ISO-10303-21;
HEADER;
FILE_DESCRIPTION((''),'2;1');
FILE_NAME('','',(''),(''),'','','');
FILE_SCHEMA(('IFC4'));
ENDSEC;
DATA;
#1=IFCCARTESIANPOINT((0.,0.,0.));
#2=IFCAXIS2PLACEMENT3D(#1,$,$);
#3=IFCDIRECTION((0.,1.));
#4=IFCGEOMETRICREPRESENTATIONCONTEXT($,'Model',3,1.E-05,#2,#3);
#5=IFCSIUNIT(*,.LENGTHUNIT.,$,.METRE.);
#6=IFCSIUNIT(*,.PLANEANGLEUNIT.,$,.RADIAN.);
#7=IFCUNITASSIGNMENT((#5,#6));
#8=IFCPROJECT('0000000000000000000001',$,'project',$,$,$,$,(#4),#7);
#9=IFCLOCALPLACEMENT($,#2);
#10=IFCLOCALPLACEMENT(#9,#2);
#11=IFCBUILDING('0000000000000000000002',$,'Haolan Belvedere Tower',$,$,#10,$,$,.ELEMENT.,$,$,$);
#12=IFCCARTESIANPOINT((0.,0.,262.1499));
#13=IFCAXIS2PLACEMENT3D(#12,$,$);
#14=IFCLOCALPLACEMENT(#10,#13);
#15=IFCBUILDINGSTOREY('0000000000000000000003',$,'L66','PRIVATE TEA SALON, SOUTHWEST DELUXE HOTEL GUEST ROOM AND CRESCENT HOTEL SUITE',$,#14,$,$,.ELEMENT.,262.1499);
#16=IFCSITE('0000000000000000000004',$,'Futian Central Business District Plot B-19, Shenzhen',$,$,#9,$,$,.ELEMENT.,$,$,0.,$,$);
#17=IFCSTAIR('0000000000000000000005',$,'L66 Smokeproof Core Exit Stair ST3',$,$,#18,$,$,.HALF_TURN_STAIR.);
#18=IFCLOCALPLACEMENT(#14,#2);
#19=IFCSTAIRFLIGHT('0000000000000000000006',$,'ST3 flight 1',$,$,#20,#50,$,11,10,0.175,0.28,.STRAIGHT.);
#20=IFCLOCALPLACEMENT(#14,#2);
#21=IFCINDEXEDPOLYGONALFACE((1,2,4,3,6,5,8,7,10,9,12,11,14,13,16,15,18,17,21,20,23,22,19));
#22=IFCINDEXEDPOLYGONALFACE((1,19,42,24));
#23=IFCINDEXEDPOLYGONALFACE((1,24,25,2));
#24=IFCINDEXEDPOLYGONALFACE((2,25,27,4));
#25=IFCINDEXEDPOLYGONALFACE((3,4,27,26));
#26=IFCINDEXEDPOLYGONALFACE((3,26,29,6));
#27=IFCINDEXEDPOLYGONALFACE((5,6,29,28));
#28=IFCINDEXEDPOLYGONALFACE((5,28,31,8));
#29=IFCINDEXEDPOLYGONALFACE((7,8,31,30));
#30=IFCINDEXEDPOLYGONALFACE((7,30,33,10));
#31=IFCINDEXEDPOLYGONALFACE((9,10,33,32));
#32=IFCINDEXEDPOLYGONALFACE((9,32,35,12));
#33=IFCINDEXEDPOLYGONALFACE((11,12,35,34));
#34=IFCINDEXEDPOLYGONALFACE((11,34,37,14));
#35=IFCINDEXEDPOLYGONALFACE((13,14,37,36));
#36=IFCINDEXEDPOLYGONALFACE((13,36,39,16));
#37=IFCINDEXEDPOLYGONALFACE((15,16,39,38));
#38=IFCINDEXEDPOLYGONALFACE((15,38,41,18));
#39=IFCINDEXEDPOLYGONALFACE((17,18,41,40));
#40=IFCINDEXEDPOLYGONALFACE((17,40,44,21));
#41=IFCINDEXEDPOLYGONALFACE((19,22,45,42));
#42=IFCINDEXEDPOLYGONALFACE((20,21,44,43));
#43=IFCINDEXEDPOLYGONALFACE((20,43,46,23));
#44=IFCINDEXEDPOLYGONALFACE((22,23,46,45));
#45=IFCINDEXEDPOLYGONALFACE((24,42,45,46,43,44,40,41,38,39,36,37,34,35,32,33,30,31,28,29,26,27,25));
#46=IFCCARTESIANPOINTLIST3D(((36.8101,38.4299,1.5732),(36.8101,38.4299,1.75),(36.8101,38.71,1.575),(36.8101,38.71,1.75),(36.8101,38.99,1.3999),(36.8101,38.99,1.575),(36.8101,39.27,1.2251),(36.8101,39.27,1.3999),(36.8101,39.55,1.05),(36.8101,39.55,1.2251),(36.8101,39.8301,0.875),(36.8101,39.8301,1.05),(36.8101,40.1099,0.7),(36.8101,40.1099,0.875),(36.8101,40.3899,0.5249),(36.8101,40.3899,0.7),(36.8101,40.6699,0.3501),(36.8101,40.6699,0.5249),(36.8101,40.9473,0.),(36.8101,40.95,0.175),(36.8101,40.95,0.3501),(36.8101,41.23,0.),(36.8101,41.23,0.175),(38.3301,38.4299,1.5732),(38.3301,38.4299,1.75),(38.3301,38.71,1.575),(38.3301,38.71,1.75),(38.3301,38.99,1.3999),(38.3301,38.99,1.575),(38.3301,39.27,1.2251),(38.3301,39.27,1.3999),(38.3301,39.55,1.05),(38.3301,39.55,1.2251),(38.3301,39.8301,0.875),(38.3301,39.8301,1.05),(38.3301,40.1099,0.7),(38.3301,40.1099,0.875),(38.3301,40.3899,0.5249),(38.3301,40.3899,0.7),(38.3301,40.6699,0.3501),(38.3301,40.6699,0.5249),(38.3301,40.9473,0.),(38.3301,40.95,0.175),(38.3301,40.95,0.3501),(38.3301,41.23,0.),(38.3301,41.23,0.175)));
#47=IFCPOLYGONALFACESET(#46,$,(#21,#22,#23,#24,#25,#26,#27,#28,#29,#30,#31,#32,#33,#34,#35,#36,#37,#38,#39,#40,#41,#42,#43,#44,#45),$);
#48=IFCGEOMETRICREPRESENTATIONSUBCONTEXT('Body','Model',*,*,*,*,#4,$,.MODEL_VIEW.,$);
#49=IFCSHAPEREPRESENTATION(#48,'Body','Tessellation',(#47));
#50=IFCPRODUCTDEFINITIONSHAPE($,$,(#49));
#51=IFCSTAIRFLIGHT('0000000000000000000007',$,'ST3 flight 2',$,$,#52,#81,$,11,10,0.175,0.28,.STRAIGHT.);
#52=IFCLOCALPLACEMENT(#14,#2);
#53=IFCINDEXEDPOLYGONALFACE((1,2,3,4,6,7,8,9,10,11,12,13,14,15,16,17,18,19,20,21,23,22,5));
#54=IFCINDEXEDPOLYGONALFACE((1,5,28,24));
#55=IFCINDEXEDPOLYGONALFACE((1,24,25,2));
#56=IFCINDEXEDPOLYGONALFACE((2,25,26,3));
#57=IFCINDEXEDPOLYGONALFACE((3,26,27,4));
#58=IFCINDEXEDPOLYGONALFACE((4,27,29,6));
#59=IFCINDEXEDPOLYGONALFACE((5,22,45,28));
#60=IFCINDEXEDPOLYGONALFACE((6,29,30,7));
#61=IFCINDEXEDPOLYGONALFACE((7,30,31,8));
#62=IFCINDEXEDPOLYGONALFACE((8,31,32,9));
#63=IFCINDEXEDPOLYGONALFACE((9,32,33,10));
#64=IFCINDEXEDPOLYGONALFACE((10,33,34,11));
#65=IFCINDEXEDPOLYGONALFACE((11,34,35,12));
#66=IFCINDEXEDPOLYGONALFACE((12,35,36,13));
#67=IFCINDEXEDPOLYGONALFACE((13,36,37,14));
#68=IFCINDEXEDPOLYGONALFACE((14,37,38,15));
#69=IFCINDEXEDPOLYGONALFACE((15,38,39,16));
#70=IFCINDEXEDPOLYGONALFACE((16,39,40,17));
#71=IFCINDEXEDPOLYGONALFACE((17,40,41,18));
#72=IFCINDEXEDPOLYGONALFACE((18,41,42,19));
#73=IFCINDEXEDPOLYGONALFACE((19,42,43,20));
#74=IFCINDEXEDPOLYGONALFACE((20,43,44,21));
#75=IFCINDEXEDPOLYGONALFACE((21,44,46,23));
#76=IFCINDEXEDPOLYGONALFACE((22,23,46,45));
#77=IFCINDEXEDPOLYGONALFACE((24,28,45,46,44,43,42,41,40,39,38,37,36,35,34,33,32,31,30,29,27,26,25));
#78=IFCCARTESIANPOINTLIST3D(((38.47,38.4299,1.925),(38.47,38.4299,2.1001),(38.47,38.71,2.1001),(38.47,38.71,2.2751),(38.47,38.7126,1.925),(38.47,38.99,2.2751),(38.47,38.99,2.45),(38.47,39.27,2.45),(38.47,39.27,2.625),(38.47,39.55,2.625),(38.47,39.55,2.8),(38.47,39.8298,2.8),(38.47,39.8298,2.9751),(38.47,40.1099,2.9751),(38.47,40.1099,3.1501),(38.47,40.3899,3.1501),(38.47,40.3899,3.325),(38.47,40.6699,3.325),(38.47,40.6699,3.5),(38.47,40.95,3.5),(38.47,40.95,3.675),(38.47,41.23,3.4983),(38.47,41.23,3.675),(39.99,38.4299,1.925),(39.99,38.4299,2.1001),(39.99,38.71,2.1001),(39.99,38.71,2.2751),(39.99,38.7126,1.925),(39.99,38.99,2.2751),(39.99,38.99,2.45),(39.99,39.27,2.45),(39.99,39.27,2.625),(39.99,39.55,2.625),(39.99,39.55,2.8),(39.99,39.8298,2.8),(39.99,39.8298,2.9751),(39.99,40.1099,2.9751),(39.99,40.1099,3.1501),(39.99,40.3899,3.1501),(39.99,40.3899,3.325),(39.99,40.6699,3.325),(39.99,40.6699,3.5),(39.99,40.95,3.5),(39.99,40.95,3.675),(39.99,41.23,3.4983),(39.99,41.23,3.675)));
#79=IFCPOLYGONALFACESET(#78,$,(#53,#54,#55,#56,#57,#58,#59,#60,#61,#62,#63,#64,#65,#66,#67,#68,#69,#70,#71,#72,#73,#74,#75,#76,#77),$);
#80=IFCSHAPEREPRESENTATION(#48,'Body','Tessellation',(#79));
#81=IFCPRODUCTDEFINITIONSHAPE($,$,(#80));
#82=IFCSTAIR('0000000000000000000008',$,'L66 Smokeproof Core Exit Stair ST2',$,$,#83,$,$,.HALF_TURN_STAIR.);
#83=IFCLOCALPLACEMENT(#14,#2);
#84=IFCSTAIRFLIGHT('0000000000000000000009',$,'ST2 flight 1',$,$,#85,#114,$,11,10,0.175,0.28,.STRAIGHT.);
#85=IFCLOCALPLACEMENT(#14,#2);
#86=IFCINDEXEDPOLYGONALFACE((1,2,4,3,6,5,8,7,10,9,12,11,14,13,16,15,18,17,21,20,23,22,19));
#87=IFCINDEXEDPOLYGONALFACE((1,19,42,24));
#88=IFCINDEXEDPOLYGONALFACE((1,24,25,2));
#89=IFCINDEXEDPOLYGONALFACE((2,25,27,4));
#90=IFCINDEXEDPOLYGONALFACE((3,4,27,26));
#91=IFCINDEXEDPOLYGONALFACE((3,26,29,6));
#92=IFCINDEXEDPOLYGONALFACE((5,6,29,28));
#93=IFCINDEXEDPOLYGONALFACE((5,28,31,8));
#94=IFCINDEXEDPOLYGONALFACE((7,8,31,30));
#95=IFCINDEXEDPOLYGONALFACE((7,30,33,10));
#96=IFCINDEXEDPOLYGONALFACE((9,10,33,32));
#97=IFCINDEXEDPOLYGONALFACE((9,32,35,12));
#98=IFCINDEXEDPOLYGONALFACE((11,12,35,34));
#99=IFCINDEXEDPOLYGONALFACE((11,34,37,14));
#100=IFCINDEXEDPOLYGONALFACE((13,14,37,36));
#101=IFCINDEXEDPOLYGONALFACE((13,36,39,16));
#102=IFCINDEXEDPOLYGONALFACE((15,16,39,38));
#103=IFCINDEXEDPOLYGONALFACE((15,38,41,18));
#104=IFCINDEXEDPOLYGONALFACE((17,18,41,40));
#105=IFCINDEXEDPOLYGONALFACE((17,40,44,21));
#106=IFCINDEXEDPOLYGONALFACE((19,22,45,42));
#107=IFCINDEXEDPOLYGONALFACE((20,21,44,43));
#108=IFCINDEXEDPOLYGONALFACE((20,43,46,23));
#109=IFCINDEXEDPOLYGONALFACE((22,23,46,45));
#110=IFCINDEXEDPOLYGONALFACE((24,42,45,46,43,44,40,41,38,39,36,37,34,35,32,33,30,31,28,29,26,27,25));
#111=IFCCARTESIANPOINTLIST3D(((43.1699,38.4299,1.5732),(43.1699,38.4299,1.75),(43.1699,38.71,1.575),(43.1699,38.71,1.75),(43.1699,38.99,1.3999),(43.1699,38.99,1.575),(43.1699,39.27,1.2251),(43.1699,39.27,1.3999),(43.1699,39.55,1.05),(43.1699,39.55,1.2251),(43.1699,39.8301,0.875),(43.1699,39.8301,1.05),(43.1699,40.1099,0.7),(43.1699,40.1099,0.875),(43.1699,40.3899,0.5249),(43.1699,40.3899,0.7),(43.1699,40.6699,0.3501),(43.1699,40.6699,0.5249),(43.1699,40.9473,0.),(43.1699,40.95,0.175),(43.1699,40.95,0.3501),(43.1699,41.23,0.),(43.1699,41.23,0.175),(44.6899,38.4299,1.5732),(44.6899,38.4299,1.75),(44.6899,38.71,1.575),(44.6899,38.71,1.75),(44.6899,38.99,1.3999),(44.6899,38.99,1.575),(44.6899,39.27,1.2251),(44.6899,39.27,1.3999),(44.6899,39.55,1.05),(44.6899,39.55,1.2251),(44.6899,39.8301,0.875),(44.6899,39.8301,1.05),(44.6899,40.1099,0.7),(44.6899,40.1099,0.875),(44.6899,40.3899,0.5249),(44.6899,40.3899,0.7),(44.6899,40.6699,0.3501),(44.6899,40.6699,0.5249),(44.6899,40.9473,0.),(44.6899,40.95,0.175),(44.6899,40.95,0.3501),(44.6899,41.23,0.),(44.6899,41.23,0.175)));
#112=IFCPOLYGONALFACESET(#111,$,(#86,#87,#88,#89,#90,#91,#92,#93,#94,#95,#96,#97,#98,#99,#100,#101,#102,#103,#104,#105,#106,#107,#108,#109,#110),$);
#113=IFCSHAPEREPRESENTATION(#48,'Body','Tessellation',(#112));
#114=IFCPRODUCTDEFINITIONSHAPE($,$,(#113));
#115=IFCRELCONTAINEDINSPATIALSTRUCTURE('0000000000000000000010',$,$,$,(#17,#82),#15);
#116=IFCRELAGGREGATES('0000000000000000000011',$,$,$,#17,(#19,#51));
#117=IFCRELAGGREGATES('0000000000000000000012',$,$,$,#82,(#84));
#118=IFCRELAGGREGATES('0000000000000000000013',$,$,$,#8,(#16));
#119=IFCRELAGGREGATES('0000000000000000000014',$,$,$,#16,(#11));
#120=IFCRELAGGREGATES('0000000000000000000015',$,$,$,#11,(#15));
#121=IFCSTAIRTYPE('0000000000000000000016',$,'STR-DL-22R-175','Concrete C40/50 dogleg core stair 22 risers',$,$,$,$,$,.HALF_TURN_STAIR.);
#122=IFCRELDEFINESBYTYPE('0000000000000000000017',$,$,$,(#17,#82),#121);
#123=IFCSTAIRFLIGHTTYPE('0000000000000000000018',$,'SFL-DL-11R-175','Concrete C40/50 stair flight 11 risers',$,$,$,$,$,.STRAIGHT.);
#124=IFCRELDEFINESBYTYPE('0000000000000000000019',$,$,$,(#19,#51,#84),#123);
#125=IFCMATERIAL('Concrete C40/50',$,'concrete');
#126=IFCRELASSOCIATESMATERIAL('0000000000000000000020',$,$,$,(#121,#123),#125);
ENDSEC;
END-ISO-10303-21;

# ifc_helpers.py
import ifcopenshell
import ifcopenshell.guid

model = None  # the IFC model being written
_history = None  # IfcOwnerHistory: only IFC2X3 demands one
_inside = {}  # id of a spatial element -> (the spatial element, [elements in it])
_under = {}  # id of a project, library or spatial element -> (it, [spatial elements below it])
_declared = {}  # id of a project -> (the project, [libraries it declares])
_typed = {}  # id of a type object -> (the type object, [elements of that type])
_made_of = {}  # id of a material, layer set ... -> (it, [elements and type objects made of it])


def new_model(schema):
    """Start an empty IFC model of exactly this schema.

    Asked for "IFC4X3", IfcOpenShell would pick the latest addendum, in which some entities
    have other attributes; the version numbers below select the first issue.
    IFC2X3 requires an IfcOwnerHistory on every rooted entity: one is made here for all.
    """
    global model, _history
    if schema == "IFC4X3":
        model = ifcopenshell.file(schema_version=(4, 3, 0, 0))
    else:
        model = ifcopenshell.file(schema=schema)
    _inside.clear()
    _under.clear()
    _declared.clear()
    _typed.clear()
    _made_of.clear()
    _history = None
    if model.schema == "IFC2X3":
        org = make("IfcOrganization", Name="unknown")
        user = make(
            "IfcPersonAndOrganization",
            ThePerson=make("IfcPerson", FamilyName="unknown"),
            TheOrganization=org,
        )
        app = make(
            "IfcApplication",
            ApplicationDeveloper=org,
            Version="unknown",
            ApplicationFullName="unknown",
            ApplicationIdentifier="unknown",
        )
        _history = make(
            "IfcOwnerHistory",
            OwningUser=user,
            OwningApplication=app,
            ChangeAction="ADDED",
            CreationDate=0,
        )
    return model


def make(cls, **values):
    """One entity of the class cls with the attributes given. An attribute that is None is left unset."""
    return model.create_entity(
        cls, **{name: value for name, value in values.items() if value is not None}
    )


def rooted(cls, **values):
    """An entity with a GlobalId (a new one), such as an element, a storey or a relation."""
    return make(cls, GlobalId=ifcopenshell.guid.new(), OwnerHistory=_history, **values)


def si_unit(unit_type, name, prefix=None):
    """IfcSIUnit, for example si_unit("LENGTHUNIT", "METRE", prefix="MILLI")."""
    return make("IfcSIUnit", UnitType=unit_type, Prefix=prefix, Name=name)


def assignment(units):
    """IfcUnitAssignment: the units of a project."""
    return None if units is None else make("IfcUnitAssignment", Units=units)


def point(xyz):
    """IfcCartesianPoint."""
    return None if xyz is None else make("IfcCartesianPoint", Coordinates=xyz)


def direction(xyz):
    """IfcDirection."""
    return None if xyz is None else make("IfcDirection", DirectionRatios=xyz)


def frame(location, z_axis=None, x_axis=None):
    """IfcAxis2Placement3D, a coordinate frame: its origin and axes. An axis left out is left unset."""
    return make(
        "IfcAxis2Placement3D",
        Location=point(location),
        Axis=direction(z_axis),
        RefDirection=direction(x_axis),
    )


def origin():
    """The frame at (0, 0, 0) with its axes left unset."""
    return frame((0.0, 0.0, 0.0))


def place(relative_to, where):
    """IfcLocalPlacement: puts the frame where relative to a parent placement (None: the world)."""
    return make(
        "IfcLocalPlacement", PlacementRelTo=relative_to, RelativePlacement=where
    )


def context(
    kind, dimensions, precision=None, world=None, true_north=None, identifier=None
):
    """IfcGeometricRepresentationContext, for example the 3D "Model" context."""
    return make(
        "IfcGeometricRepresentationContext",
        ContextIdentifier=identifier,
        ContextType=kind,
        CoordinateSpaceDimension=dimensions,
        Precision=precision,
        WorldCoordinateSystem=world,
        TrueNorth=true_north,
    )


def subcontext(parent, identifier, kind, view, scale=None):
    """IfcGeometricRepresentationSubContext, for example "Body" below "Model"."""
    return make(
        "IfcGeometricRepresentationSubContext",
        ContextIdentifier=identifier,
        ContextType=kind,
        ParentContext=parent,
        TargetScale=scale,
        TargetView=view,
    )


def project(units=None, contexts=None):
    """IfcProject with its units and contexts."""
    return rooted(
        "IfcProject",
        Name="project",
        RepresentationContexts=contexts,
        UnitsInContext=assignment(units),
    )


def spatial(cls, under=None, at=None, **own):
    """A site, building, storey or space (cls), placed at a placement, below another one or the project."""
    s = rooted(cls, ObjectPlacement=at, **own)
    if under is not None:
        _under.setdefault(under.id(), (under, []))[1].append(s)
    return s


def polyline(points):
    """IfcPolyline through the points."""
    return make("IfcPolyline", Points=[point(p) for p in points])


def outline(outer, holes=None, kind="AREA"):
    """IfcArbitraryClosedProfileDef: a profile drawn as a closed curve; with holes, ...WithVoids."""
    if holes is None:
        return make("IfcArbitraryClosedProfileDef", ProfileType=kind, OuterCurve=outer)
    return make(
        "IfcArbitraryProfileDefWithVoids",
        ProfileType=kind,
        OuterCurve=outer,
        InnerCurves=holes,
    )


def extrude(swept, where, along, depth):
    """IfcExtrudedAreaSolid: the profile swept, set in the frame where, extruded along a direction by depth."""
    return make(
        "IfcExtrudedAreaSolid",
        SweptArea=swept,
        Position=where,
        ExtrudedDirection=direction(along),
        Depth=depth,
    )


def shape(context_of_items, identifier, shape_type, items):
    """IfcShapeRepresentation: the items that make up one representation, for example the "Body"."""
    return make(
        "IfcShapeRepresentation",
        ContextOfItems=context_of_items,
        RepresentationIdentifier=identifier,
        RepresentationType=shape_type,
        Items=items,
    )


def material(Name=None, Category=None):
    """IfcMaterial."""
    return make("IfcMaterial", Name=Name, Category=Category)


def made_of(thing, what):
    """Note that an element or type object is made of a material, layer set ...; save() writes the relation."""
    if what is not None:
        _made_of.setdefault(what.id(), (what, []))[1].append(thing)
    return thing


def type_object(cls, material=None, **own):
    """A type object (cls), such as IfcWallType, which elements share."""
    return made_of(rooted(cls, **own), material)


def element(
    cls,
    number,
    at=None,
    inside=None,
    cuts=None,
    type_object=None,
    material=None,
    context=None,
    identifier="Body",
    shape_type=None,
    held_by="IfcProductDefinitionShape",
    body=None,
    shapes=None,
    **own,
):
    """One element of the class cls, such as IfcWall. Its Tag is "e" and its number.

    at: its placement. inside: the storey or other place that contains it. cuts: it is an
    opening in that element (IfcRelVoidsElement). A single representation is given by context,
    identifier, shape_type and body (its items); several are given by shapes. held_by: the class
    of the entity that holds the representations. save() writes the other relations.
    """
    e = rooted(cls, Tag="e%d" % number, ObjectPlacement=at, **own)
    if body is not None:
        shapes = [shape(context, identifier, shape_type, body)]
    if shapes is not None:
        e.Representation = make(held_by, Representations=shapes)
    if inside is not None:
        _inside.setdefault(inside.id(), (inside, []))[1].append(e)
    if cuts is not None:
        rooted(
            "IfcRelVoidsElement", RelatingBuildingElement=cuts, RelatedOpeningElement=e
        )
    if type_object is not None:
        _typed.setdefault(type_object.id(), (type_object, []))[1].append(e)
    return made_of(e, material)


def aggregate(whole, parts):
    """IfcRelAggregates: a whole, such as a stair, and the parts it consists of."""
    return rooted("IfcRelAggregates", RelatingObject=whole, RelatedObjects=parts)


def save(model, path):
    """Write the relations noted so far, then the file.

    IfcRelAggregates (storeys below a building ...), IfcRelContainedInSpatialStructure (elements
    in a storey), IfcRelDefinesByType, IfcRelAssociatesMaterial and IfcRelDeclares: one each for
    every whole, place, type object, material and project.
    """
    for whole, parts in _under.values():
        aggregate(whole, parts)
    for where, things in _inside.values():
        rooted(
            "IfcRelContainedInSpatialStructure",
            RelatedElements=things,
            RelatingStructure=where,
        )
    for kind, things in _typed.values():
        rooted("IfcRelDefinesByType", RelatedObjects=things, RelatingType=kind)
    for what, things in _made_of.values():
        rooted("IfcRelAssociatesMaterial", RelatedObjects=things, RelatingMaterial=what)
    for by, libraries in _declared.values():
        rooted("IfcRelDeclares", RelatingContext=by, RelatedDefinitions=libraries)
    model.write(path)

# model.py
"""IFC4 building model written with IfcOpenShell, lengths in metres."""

from ifc_helpers import new_model, si_unit, direction, frame, origin, place, context, subcontext, project, spatial, polyline, outline, extrude, material, type_object, element, aggregate, save


model = new_model("IFC4")

# Units and contexts
model_context = context("Model", 3, precision=1e-05, world=origin(), true_north=direction((0.0, 1.0)))
body_context = subcontext(model_context, "Body", "Model", "MODEL_VIEW")
ifc_project = project(units=[si_unit("LENGTHUNIT", "METRE"), si_unit("PLANEANGLEUNIT", "RADIAN")], contexts=[model_context])

# Site, building, storey
site_placement = place(None, origin())
site = spatial("IfcSite", under=ifc_project, at=site_placement, Name="Futian Central Business District Plot B-19, Shenzhen", CompositionType="ELEMENT", RefElevation=0.0)
building_placement = place(site_placement, origin())
building = spatial("IfcBuilding", under=site, at=building_placement, Name="Haolan Belvedere Tower", CompositionType="ELEMENT")
storey_placement = place(building_placement, frame((0.0, 0.0, 262.1499)))
storey = spatial("IfcBuildingStorey", under=building, at=storey_placement, Name="L66", Description="PRIVATE TEA SALON, SOUTHWEST DELUXE HOTEL GUEST ROOM AND CRESCENT HOTEL SUITE", CompositionType="ELEMENT", Elevation=262.1499)

# Shared definitions
ifc_material_1 = material(Name="Concrete C40/50", Category="concrete")
stair_type = type_object("IfcStairType", Name="STR-DL-22R-175", Description="Concrete C40/50 dogleg core stair 22 risers", PredefinedType="HALF_TURN_STAIR", material=ifc_material_1)
stair_flight_type = type_object("IfcStairFlightType", Name="SFL-DL-11R-175", Description="Concrete C40/50 stair flight 11 risers", PredefinedType="STRAIGHT", material=ifc_material_1)

# Stair, stair flights
stair_1_placement = place(storey_placement, origin())
stair_1 = element("IfcStair", 1, at=stair_1_placement, inside=storey, type_object=stair_type, Name="L66 Smokeproof Core Exit Stair ST3", PredefinedType="HALF_TURN_STAIR")
stair_flight_1_placement = place(storey_placement, frame((37.5701, 41.23, 0.0), z_axis=(0.0, 0.0, 1.0), x_axis=(0.0, -1.0, 0.0)))
stair_flight_1 = element("IfcStairFlight", 2, at=stair_flight_1_placement, type_object=stair_flight_type, Name="ST3 flight 1", NumberOfRisers=11, NumberOfTreads=10, PredefinedType="STRAIGHT", RiserHeight=0.175, TreadLength=0.28, context=body_context, shape_type="SweptSolid", body=[
    extrude(outline(polyline([(0.0, 0.0), (0.0, 0.175), (0.28, 0.175), (0.28, 0.3501), (0.5601, 0.3501), (0.5601, 0.5249), (0.8401, 0.5249), (0.8401, 0.7), (1.1201, 0.7), (1.1201, 0.875), (1.3999, 0.875), (1.3999, 1.05), (1.6799, 1.05), (1.6799, 1.2251), (1.96, 1.2251), (1.96, 1.3999), (2.24, 1.3999), (2.24, 1.575), (2.52, 1.575), (2.52, 1.75), (2.8, 1.75), (2.8, 1.925), (2.8, 1.5732), (0.2827, 0.0), (0.0, 0.0)])), frame((0.0, 0.76, 0.0), z_axis=(0.0, -1.0, 0.0), x_axis=(1.0, 0.0, 0.0)), (0.0, 0.0, 1.0), 1.52),
])
stair_flight_2_placement = place(storey_placement, frame((39.23, 38.4299, 1.925), z_axis=(0.0, 0.0, 1.0), x_axis=(0.0, 1.0, 0.0)))
stair_flight_2 = element("IfcStairFlight", 3, at=stair_flight_2_placement, type_object=stair_flight_type, Name="ST3 flight 2", NumberOfRisers=11, NumberOfTreads=10, PredefinedType="STRAIGHT", RiserHeight=0.175, TreadLength=0.28, context=body_context, shape_type="SweptSolid", body=[
    extrude(outline(polyline([(0.0, 0.0), (0.0, 0.175), (0.28, 0.175), (0.28, 0.3501), (0.5601, 0.3501), (0.5601, 0.5249), (0.8401, 0.5249), (0.8401, 0.7), (1.1201, 0.7), (1.1201, 0.875), (1.3999, 0.875), (1.3999, 1.05), (1.6799, 1.05), (1.6799, 1.2251), (1.96, 1.2251), (1.96, 1.3999), (2.24, 1.3999), (2.24, 1.575), (2.52, 1.575), (2.52, 1.75), (2.8, 1.75), (2.8, 1.925), (2.8, 1.5732), (0.2827, 0.0), (0.0, 0.0)])), frame((0.0, 0.76, 0.0), z_axis=(0.0, -1.0, 0.0), x_axis=(1.0, 0.0, 0.0)), (0.0, 0.0, 1.0), 1.52),
])
aggregate(stair_1, [stair_flight_1, stair_flight_2])

# Stair, stair flight
stair_2_placement = place(storey_placement, origin())
stair_2 = element("IfcStair", 4, at=stair_2_placement, inside=storey, type_object=stair_type, Name="L66 Smokeproof Core Exit Stair ST2", PredefinedType="HALF_TURN_STAIR")
stair_flight_3_placement = place(storey_placement, frame((43.9299, 41.23, 0.0), z_axis=(0.0, 0.0, 1.0), x_axis=(0.0, -1.0, 0.0)))
stair_flight_3 = element("IfcStairFlight", 5, at=stair_flight_3_placement, type_object=stair_flight_type, Name="ST2 flight 1", NumberOfRisers=11, NumberOfTreads=10, PredefinedType="STRAIGHT", RiserHeight=0.175, TreadLength=0.28, context=body_context, shape_type="SweptSolid", body=[
    extrude(outline(polyline([(0.0, 0.0), (0.0, 0.175), (0.28, 0.175), (0.28, 0.3501), (0.5601, 0.3501), (0.5601, 0.5249), (0.8401, 0.5249), (0.8401, 0.7), (1.1201, 0.7), (1.1201, 0.875), (1.3999, 0.875), (1.3999, 1.05), (1.6799, 1.05), (1.6799, 1.2251), (1.96, 1.2251), (1.96, 1.3999), (2.24, 1.3999), (2.24, 1.575), (2.52, 1.575), (2.52, 1.75), (2.8, 1.75), (2.8, 1.925), (2.8, 1.5732), (0.2827, 0.0), (0.0, 0.0)])), frame((0.0, 0.76, 0.0), z_axis=(0.0, -1.0, 0.0), x_axis=(1.0, 0.0, 0.0)), (0.0, 0.0, 1.0), 1.52),
])
aggregate(stair_2, [stair_flight_3])

save(model, "model.ifc")
